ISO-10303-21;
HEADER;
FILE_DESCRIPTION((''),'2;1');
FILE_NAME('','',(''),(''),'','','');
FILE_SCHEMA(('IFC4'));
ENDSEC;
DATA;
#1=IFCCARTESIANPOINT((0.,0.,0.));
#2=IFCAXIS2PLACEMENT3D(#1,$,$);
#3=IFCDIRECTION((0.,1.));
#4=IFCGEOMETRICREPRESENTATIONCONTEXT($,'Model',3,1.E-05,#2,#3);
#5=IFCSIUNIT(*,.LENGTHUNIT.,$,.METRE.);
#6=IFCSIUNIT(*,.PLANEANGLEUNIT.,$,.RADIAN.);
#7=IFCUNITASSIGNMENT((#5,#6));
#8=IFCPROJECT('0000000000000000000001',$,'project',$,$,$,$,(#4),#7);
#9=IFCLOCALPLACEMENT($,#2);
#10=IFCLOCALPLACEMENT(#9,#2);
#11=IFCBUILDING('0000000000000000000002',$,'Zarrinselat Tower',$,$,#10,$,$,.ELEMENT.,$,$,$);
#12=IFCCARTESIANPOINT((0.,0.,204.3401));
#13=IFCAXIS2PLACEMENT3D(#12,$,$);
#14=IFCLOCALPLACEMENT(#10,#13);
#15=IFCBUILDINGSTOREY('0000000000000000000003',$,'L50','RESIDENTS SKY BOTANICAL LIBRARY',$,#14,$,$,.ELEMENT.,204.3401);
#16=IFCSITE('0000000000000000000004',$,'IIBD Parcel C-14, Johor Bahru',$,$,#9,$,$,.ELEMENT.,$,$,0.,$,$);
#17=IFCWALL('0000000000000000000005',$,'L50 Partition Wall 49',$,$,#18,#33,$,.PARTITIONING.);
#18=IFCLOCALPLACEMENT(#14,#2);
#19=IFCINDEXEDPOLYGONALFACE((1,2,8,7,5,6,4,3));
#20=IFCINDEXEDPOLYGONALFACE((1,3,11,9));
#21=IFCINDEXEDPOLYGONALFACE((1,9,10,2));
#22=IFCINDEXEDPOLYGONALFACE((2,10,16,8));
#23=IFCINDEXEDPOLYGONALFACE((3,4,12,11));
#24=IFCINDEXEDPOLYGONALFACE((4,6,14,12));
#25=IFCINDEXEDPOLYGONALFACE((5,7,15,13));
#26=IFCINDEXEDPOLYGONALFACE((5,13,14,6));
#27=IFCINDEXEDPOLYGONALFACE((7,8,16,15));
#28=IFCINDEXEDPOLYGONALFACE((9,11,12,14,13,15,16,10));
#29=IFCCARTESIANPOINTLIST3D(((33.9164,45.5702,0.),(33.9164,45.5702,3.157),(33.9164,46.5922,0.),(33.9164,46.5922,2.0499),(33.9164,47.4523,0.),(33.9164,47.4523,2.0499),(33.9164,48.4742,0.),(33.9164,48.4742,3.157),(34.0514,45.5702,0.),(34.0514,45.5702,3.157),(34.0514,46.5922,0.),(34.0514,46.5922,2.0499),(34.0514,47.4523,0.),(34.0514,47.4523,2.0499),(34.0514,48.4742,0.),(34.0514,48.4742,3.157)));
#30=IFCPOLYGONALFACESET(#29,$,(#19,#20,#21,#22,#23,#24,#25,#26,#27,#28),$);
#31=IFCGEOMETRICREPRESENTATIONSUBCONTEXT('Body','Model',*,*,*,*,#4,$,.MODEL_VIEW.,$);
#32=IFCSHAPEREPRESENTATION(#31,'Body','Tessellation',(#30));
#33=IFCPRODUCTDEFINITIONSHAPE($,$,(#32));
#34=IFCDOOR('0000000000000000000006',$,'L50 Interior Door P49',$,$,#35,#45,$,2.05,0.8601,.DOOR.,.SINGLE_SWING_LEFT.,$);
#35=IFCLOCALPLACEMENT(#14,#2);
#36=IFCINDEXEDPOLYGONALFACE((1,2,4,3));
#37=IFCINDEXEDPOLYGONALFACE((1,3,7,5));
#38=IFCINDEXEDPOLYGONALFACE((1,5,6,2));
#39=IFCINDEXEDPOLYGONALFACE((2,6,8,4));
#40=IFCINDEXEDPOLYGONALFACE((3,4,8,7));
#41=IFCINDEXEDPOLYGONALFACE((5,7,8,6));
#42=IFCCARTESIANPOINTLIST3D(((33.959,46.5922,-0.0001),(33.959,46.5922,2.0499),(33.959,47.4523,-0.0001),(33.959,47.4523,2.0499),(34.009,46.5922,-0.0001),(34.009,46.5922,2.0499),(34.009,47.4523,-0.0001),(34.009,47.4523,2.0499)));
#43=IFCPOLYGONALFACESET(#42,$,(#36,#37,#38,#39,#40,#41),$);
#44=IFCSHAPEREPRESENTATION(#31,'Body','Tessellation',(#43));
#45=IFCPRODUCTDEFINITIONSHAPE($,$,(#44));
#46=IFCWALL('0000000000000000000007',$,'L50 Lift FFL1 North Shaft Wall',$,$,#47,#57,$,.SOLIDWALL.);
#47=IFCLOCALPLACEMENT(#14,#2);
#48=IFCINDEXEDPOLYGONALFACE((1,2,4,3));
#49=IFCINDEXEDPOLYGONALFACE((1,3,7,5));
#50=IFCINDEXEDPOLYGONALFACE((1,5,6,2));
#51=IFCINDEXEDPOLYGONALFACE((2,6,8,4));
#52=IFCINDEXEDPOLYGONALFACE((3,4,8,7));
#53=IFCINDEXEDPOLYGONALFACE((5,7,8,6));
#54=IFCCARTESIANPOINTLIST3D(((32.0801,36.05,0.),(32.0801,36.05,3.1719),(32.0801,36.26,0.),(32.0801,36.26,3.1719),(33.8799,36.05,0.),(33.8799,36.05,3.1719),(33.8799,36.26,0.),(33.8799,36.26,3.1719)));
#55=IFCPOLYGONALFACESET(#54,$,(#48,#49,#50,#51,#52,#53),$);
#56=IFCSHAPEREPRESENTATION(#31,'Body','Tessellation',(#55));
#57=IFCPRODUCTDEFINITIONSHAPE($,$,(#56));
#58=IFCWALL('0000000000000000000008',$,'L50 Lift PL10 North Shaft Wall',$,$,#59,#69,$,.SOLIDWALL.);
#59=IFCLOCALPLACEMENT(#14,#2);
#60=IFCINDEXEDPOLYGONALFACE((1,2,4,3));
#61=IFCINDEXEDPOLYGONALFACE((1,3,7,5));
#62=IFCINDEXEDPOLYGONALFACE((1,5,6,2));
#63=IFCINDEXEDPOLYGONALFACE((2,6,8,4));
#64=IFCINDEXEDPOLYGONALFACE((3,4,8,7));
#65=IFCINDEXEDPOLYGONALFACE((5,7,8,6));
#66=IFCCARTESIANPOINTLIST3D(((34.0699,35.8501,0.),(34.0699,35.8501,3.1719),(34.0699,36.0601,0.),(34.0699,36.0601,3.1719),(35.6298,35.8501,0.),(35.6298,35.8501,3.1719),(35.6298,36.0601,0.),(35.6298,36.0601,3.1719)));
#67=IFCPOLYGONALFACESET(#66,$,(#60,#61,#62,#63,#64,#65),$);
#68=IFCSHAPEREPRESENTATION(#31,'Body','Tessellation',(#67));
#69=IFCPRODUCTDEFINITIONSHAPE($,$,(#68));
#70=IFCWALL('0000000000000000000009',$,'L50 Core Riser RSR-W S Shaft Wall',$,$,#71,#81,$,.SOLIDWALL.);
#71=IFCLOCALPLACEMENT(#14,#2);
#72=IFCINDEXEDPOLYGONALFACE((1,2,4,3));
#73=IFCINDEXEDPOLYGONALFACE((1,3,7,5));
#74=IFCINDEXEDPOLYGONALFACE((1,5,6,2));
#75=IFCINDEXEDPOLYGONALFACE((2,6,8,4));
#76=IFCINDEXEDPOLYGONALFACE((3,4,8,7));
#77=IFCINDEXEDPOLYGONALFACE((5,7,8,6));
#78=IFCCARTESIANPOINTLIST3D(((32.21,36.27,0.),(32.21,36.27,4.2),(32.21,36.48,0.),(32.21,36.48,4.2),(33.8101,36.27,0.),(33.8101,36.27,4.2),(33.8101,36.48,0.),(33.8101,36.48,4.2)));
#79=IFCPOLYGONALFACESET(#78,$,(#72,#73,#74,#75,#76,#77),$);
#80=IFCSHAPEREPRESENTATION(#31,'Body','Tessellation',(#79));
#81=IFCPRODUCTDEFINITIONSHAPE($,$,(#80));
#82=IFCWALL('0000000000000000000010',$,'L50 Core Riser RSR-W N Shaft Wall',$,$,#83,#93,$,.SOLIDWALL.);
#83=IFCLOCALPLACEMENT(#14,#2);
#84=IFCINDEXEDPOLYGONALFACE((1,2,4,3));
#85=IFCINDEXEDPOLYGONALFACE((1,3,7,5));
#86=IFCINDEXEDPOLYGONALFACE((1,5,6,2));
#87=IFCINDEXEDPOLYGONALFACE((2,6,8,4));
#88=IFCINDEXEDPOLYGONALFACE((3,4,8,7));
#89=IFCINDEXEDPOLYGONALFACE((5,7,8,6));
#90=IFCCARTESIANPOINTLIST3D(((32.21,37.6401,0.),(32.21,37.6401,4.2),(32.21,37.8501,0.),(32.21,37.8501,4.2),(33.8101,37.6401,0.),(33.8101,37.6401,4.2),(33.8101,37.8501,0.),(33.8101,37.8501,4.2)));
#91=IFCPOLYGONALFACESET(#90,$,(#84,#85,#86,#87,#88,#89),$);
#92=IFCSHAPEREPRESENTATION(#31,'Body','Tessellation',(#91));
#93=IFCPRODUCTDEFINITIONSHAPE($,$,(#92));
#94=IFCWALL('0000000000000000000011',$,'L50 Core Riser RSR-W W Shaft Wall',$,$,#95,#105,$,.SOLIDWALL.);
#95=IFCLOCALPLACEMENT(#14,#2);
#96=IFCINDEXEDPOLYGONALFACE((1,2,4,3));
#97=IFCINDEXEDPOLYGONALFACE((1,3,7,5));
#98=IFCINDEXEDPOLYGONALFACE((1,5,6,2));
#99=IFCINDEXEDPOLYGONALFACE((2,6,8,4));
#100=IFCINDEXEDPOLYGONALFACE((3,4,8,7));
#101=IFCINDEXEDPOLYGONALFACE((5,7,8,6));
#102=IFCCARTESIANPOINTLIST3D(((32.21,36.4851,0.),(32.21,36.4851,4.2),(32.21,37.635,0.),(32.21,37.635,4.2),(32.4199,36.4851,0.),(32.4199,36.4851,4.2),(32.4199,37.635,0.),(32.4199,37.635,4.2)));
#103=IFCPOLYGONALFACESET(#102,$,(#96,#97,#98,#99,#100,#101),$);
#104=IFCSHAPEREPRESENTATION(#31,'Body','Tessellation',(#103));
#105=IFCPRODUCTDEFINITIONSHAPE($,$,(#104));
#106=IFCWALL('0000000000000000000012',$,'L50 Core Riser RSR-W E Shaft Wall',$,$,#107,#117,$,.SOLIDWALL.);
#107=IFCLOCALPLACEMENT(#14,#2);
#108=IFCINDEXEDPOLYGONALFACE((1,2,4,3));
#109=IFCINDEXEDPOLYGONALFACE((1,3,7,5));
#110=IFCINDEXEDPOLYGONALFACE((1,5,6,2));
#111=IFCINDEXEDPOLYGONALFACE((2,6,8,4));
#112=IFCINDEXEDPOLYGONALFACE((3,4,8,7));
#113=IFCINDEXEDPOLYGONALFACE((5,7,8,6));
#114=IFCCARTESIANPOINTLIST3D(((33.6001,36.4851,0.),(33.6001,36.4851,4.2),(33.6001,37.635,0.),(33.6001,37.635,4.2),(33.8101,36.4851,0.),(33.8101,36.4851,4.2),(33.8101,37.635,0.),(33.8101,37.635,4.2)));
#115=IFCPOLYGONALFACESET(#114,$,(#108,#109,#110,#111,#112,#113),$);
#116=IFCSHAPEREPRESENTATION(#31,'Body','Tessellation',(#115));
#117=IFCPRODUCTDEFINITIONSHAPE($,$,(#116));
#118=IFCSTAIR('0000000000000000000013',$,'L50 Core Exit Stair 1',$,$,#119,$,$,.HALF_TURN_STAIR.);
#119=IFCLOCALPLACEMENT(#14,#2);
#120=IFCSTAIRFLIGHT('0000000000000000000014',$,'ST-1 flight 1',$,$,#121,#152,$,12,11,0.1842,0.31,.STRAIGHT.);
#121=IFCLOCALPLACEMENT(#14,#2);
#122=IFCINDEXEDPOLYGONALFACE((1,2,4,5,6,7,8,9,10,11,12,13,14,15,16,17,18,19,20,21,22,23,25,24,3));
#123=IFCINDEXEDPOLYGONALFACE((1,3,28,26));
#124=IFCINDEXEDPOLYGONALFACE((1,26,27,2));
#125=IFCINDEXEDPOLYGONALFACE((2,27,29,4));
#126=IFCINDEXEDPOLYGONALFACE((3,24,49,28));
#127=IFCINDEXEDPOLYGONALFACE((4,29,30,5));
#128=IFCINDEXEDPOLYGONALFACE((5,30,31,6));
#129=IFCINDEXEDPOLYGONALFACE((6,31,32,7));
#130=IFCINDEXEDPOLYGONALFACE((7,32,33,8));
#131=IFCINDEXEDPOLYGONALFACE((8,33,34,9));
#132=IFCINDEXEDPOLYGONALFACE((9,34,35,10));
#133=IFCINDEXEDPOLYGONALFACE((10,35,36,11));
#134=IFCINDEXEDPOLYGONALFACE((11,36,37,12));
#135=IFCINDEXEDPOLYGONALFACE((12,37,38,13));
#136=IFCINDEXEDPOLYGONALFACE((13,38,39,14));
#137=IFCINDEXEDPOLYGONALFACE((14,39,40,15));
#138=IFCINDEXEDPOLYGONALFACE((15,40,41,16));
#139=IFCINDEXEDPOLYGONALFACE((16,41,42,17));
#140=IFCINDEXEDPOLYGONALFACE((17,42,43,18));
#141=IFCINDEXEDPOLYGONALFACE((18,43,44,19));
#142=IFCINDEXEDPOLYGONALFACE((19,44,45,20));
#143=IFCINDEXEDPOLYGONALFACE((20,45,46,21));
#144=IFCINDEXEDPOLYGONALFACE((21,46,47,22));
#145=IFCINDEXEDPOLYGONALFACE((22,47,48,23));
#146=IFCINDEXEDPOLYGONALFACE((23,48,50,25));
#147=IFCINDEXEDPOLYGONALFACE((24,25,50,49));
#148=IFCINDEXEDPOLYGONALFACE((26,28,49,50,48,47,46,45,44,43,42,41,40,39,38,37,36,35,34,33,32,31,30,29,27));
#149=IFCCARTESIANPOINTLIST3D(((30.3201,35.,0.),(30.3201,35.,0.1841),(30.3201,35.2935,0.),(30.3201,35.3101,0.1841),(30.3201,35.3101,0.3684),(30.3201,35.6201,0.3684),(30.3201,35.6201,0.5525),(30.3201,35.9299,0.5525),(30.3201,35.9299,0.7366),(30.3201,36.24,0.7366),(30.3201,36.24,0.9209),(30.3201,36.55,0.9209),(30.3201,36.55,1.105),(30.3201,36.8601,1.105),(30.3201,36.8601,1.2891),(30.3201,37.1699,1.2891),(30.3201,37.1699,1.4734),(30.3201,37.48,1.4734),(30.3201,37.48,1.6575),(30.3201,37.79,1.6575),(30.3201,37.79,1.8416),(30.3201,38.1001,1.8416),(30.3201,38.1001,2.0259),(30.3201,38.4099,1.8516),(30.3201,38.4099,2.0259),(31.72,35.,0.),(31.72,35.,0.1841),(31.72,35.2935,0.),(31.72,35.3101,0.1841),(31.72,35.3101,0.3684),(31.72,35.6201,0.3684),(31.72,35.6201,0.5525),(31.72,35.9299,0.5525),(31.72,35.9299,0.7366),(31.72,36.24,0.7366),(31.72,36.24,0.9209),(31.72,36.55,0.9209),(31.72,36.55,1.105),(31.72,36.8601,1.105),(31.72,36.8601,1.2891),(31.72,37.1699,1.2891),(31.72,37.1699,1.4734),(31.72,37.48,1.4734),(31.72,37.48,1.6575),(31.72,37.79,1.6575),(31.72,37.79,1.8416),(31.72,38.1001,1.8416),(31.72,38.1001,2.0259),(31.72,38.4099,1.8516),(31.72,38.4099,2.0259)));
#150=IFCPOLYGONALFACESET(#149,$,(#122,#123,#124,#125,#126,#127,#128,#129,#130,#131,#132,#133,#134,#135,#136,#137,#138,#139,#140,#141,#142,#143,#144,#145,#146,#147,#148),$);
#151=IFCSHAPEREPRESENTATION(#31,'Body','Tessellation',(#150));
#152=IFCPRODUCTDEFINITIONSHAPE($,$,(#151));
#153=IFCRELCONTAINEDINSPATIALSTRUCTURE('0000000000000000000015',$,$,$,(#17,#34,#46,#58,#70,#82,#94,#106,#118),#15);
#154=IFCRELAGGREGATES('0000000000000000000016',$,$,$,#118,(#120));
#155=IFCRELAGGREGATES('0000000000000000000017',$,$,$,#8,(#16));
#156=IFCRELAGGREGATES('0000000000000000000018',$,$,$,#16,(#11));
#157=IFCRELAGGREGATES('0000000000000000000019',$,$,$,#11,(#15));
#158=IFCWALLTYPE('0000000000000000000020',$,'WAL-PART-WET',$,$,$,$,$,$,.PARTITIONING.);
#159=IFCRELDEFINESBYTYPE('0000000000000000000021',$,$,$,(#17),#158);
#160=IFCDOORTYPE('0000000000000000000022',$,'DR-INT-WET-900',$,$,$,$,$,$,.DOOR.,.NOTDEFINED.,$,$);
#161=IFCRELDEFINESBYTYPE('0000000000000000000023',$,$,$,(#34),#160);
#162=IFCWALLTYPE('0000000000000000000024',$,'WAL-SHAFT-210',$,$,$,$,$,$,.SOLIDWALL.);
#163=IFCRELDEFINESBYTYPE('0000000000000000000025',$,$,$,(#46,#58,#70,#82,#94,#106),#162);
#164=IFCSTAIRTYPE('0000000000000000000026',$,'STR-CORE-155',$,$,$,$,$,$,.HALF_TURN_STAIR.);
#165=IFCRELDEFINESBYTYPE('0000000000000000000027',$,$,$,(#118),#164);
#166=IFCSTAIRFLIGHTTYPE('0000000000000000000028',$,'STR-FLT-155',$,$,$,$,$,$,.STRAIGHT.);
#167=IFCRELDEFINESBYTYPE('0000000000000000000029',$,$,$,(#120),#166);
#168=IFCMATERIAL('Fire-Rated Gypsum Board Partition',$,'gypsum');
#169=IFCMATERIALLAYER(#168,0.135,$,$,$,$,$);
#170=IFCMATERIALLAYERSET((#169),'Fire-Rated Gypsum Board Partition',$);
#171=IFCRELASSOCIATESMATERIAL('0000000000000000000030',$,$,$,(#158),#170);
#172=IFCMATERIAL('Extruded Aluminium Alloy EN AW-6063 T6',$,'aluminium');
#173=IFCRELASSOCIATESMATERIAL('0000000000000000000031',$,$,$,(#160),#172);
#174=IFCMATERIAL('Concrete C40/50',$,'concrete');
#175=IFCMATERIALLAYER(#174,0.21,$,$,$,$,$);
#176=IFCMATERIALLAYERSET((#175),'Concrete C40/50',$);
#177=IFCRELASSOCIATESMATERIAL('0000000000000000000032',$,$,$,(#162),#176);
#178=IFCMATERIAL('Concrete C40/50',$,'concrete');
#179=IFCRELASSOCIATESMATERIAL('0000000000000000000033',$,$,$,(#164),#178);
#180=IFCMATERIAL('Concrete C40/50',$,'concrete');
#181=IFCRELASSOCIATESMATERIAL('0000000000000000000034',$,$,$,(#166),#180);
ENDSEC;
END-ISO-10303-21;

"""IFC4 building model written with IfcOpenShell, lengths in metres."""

from ifc_helpers import new_model, si_unit, direction, frame, frame_2d, origin, place, context, subcontext, project, spatial, polyline, rectangle, outline, extrude, material, layer, layer_set, type_object, element, fill, aggregate, save


model = new_model("IFC4")

# Units and contexts
model_context = context("Model", 3, precision=1e-05, world=origin(), true_north=direction((0.0, 1.0)))
body_context = subcontext(model_context, "Body", "Model", "MODEL_VIEW")
ifc_project = project(units=[si_unit("LENGTHUNIT", "METRE"), si_unit("PLANEANGLEUNIT", "RADIAN")], contexts=[model_context])

# Site, building, storey
site_placement = place(None, origin())
site = spatial("IfcSite", under=ifc_project, at=site_placement, Name="IIBD Parcel C-14, Johor Bahru", CompositionType="ELEMENT", RefElevation=0.0)
building_placement = place(site_placement, origin())
building = spatial("IfcBuilding", under=site, at=building_placement, Name="Zarrinselat Tower", CompositionType="ELEMENT")
storey_placement = place(building_placement, frame((0.0, 0.0, 204.3401)))
storey = spatial("IfcBuildingStorey", under=building, at=storey_placement, Name="L50", Description="RESIDENTS SKY BOTANICAL LIBRARY", CompositionType="ELEMENT", Elevation=204.3401)

# Shared definitions
ifc_material_1 = material(Name="Fire-Rated Gypsum Board Partition", Category="gypsum")
ifc_layer_1 = layer(ifc_material_1, 0.135)
ifc_layer_set_1 = layer_set([ifc_layer_1], Name="Fire-Rated Gypsum Board Partition")
wall_type_1 = type_object("IfcWallType", Name="WAL-PART-WET", PredefinedType="PARTITIONING", material=ifc_layer_set_1)

# Wall, opening, door
wall_1_placement = place(storey_placement, frame((33.9839, 45.5701, 0.0), z_axis=(0.0, 0.0, 1.0), x_axis=(0.0, 1.0, 0.0)))
wall_1 = element("IfcWall", 1, at=wall_1_placement, inside=storey, type_object=wall_type_1, Name="L50 Partition Wall 49", PredefinedType="PARTITIONING", context=body_context, shape_type="SweptSolid", body=[
    extrude(rectangle(XDim=2.9041, YDim=0.135, at=frame_2d((1.4521, 0.0))), origin(), (0.0, 0.0, 1.0), 3.157),
])
opening_1_placement = place(wall_1_placement, frame((1.022, 0.0, 0.0)))
opening_1 = element("IfcOpeningElement", 2, at=opening_1_placement, cuts=wall_1, PredefinedType="OPENING", context=body_context, shape_type="SweptSolid", body=[
    extrude(rectangle(XDim=0.8601, YDim=2.05, at=frame_2d((0.4302, 1.0249))), frame((0.0, 0.0774, 0.0), z_axis=(0.0, -1.0, 0.0), x_axis=(1.0, 0.0, 0.0)), (0.0, 0.0, 1.0), 0.155),
])
ifc_material_2 = material(Name="Extruded Aluminium Alloy EN AW-6063 T6", Category="aluminium")
door_type_1 = type_object("IfcDoorType", Name="DR-INT-WET-900", OperationType="NOTDEFINED", PredefinedType="DOOR", material=ifc_material_2)
door_1_placement = place(opening_1_placement, origin())
door_1 = element("IfcDoor", 3, at=door_1_placement, inside=storey, type_object=door_type_1, Name="L50 Interior Door P49", OperationType="SINGLE_SWING_LEFT", OverallHeight=2.05, OverallWidth=0.8601, PredefinedType="DOOR", context=body_context, shape_type="SweptSolid", body=[
    extrude(rectangle(XDim=0.8601, YDim=2.05, at=frame_2d((0.4302, 1.0249))), frame((0.0, 0.0249, 0.0), z_axis=(0.0, -1.0, 0.0), x_axis=(1.0, 0.0, 0.0)), (0.0, 0.0, 1.0), 0.05),
])
fill(opening_1, door_1)

# Walls
ifc_material_3 = material(Name="Concrete C40/50", Category="concrete")
ifc_layer_2 = layer(ifc_material_3, 0.21)
ifc_layer_set_2 = layer_set([ifc_layer_2], Name="Concrete C40/50")
wall_type_2 = type_object("IfcWallType", Name="WAL-SHAFT-210", PredefinedType="SOLIDWALL", material=ifc_layer_set_2)
wall_2_placement = place(storey_placement, frame((32.0801, 36.155, 0.0), z_axis=(0.0, 0.0, 1.0), x_axis=(1.0, 0.0, 0.0)))
element("IfcWall", 4, at=wall_2_placement, inside=storey, type_object=wall_type_2, Name="L50 Lift FFL1 North Shaft Wall", PredefinedType="SOLIDWALL", context=body_context, shape_type="SweptSolid", body=[
    extrude(rectangle(XDim=1.7998, YDim=0.21, at=frame_2d((0.8999, 0.0))), origin(), (0.0, 0.0, 1.0), 3.1719),
])
wall_3_placement = place(storey_placement, frame((34.0701, 35.9551, 0.0), z_axis=(0.0, 0.0, 1.0), x_axis=(1.0, 0.0, 0.0)))
element("IfcWall", 5, at=wall_3_placement, inside=storey, type_object=wall_type_2, Name="L50 Lift PL10 North Shaft Wall", PredefinedType="SOLIDWALL", context=body_context, shape_type="SweptSolid", body=[
    extrude(rectangle(XDim=1.5598, YDim=0.21, at=frame_2d((0.7798, 0.0))), origin(), (0.0, 0.0, 1.0), 3.1719),
])
for number, where, z_axis, x_axis, name in (
    (6, (32.21, 36.375, 0.0), (0.0, 0.0, 1.0), (1.0, 0.0, 0.0), "L50 Core Riser RSR-W S Shaft Wall"),
    (7, (32.21, 37.7451, 0.0), (0.0, 0.0, 1.0), (1.0, 0.0, 0.0), "L50 Core Riser RSR-W N Shaft Wall"),
):
    element("IfcWall", number, at=place(storey_placement, frame(where, z_axis=z_axis, x_axis=x_axis)), inside=storey, type_object=wall_type_2, Name=name, PredefinedType="SOLIDWALL", context=body_context, shape_type="SweptSolid", body=[
        extrude(rectangle(XDim=1.6001, YDim=0.21, at=frame_2d((0.8, 0.0))), origin(), (0.0, 0.0, 1.0), 4.2),
    ])
for number, where, z_axis, x_axis, name in (
    (8, (32.3149, 36.4851, 0.0), (0.0, 0.0, 1.0), (0.0, 1.0, 0.0), "L50 Core Riser RSR-W W Shaft Wall"),
    (9, (33.7051, 36.4851, 0.0), (0.0, 0.0, 1.0), (0.0, 1.0, 0.0), "L50 Core Riser RSR-W E Shaft Wall"),
):
    element("IfcWall", number, at=place(storey_placement, frame(where, z_axis=z_axis, x_axis=x_axis)), inside=storey, type_object=wall_type_2, Name=name, PredefinedType="SOLIDWALL", context=body_context, shape_type="SweptSolid", body=[
        extrude(rectangle(XDim=1.1499, YDim=0.21, at=frame_2d((0.575, 0.0))), origin(), (0.0, 0.0, 1.0), 4.2),
    ])

# Stair, stair flight
ifc_material_4 = material(Name="Concrete C40/50", Category="concrete")
stair_type = type_object("IfcStairType", Name="STR-CORE-155", PredefinedType="HALF_TURN_STAIR", material=ifc_material_4)
stair_placement = place(storey_placement, origin())
stair = element("IfcStair", 10, at=stair_placement, inside=storey, type_object=stair_type, Name="L50 Core Exit Stair 1", PredefinedType="HALF_TURN_STAIR")
ifc_material_5 = material(Name="Concrete C40/50", Category="concrete")
stair_flight_type = type_object("IfcStairFlightType", Name="STR-FLT-155", PredefinedType="STRAIGHT", material=ifc_material_5)
stair_flight_placement = place(storey_placement, frame((31.02, 35.0, 0.0), z_axis=(0.0, 0.0, 1.0), x_axis=(0.0, 1.0, 0.0)))
stair_flight = element("IfcStairFlight", 11, at=stair_flight_placement, type_object=stair_flight_type, Name="ST-1 flight 1", NumberOfRisers=12, NumberOfTreads=11, PredefinedType="STRAIGHT", RiserHeight=0.1842, TreadLength=0.31, context=body_context, shape_type="SweptSolid", body=[
    extrude(outline(polyline([(0.0, 0.0), (0.0, 0.1841), (0.3101, 0.1841), (0.3101, 0.3684), (0.6201, 0.3684), (0.6201, 0.5525), (0.9299, 0.5525), (0.9299, 0.7366), (1.24, 0.7366), (1.24, 0.9209), (1.55, 0.9209), (1.55, 1.105), (1.8601, 1.105), (1.8601, 1.2891), (2.1699, 1.2891), (2.1699, 1.4734), (2.48, 1.4734), (2.48, 1.6575), (2.79, 1.6575), (2.79, 1.8416), (3.1001, 1.8416), (3.1001, 2.0259), (3.4099, 2.0259), (3.4099, 2.21), (3.4099, 1.8516), (0.2935, 0.0), (0.0, 0.0)])), frame((0.0, 0.7, 0.0), z_axis=(0.0, -1.0, 0.0), x_axis=(1.0, 0.0, 0.0)), (0.0, 0.0, 1.0), 1.3999),
])
aggregate(stair, [stair_flight])

save(model, "model.ifc")
